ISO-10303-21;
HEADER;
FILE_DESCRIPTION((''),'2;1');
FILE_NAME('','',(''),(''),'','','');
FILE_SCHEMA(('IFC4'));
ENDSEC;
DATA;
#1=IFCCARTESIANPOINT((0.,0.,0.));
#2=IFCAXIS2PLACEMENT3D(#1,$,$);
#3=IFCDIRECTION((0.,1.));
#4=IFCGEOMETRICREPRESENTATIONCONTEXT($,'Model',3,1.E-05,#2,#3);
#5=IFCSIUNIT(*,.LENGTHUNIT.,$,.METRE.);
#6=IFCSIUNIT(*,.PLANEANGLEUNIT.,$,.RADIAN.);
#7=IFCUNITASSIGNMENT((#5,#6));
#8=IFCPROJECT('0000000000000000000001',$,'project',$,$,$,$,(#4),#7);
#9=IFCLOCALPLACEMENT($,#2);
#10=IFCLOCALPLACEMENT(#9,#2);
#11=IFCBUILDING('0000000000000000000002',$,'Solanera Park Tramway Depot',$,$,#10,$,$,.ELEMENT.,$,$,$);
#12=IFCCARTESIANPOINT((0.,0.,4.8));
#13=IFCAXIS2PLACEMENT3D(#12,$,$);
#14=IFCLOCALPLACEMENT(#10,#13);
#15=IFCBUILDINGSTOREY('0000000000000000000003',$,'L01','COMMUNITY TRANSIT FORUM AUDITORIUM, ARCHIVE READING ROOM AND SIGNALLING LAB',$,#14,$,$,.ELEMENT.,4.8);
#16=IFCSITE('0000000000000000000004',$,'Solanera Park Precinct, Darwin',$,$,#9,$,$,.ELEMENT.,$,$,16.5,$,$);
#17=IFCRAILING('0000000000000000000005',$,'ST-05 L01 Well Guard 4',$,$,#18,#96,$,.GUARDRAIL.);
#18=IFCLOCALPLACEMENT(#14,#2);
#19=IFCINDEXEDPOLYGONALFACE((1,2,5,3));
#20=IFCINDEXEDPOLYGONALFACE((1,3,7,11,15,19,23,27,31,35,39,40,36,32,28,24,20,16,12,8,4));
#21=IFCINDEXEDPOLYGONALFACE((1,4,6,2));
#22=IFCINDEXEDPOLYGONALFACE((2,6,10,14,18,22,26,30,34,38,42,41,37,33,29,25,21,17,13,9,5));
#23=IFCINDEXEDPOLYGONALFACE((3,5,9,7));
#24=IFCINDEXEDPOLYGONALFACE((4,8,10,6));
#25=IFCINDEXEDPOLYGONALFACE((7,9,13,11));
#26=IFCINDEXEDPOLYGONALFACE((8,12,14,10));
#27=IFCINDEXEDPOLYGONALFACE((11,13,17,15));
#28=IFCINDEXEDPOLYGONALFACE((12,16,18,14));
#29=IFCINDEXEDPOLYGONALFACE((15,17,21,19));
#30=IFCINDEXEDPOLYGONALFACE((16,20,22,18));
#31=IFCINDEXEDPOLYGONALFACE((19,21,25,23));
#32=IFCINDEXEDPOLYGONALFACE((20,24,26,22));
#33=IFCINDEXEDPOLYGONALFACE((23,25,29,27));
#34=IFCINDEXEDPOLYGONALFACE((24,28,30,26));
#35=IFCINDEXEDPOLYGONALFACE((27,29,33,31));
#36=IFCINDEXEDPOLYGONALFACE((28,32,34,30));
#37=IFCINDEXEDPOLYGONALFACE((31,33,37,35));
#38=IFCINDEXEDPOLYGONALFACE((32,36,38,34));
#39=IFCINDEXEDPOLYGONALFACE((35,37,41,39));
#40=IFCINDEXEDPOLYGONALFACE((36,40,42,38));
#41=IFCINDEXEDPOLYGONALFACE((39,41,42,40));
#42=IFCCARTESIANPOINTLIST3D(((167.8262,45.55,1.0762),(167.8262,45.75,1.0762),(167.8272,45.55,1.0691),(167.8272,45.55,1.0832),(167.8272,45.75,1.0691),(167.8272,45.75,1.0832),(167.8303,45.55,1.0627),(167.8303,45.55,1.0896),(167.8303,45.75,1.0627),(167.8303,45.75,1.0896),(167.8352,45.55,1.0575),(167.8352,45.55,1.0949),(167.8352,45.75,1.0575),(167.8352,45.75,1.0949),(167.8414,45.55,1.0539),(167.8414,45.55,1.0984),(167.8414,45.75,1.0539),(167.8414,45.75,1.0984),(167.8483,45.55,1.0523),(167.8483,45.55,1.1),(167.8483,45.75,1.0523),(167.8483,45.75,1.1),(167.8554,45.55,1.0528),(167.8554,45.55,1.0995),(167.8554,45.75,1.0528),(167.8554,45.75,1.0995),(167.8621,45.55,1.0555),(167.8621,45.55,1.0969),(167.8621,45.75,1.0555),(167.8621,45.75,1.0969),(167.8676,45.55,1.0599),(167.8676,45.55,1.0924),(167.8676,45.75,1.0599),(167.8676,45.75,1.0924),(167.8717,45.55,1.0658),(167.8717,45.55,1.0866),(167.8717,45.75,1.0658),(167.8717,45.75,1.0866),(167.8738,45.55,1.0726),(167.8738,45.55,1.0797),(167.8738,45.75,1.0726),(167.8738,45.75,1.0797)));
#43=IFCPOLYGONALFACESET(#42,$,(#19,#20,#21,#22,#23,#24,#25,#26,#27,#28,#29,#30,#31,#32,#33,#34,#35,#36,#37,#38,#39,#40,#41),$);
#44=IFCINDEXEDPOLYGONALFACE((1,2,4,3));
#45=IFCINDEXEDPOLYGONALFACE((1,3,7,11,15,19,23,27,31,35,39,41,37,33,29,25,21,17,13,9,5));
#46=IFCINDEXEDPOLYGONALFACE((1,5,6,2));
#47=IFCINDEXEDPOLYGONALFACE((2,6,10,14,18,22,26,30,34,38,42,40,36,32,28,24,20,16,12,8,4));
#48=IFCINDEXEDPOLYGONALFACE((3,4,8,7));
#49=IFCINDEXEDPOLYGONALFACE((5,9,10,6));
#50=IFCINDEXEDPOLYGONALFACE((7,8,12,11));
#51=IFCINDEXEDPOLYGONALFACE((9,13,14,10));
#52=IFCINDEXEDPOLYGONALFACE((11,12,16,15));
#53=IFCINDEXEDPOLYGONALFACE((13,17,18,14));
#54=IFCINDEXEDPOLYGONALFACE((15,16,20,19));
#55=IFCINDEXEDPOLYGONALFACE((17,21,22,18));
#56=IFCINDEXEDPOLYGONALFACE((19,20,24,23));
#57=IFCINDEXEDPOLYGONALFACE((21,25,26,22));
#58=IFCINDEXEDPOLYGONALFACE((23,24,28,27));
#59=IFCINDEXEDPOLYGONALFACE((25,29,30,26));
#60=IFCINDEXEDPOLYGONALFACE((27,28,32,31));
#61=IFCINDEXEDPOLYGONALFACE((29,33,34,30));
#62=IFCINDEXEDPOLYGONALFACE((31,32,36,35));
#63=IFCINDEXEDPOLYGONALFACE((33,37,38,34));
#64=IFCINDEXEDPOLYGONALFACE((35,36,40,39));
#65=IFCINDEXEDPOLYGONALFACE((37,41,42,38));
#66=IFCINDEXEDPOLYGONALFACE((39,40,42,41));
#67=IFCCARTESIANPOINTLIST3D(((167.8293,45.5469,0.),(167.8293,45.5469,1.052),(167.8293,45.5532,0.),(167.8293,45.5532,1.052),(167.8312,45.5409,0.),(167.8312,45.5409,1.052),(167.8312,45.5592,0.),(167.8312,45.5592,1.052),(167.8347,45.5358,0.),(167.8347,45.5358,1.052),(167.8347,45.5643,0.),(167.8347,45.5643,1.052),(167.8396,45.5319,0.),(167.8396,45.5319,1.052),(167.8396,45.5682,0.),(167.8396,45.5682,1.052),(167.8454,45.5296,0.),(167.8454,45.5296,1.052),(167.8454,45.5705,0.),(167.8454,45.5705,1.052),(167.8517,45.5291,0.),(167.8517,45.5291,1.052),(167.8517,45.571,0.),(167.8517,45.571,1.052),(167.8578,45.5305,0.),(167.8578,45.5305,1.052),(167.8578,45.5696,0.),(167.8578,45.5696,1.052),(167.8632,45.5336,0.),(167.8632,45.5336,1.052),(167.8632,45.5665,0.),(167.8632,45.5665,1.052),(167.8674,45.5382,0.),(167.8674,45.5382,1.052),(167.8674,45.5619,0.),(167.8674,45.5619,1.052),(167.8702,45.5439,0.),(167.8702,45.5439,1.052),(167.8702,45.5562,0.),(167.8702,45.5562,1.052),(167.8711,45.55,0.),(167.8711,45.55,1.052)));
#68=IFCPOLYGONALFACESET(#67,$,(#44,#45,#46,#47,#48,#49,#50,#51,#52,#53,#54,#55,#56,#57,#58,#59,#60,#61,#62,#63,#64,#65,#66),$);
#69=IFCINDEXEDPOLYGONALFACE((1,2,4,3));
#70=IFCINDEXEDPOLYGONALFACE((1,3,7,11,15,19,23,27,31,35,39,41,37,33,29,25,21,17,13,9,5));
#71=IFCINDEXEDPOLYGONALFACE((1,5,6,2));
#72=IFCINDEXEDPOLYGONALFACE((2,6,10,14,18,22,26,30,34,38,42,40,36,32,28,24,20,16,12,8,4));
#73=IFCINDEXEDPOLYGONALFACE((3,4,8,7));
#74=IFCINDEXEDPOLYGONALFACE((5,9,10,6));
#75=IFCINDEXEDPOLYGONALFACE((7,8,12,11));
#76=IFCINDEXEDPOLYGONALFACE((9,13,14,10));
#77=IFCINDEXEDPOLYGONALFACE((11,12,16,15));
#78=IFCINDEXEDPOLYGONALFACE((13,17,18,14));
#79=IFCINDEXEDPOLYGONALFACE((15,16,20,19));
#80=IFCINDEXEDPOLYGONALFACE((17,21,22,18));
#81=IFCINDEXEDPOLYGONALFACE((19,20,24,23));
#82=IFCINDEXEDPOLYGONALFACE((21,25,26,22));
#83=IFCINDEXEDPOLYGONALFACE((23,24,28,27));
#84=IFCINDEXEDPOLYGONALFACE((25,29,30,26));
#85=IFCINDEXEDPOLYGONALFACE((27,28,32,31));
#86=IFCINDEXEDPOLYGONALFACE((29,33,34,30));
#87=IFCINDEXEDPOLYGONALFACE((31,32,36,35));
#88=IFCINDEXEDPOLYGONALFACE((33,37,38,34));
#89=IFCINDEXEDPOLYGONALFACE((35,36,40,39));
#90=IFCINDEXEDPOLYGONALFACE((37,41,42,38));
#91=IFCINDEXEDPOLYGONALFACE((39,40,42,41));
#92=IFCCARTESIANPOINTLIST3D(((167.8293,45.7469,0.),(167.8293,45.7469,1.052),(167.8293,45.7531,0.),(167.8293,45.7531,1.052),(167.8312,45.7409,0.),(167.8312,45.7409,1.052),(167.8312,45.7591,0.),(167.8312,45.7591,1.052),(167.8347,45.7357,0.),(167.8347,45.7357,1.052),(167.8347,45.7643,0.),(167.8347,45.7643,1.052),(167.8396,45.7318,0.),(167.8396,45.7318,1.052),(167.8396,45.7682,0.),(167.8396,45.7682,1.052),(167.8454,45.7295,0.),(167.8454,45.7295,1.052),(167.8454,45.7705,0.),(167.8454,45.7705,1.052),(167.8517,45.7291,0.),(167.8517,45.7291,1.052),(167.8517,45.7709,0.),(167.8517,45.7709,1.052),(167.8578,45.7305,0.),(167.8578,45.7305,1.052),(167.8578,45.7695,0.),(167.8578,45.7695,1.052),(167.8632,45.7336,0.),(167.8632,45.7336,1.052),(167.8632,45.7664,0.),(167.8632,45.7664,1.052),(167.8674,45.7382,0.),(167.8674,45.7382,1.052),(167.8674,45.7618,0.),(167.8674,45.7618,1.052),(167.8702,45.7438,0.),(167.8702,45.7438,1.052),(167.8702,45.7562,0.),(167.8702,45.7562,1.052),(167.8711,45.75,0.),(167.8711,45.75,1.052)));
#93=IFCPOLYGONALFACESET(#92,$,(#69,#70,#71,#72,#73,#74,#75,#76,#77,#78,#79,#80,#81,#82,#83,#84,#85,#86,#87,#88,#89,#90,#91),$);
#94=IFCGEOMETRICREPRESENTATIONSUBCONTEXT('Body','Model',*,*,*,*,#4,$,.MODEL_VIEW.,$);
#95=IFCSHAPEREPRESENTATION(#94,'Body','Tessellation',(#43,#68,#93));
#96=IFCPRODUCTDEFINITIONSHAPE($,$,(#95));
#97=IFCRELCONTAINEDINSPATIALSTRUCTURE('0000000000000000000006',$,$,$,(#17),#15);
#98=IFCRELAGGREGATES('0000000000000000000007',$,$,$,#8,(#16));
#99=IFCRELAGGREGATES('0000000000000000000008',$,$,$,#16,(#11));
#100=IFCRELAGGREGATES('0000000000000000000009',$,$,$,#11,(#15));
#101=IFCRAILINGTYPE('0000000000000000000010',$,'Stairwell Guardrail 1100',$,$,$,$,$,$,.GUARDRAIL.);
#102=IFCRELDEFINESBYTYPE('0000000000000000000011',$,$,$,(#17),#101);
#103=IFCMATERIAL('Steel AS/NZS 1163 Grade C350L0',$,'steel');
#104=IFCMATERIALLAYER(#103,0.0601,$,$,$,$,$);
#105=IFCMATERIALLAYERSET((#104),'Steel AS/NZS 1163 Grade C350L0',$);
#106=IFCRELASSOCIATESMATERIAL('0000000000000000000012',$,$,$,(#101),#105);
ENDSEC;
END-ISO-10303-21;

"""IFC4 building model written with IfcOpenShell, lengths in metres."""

from ifc_helpers import new_model, si_unit, direction, frame, origin, origin_2d, place, context, subcontext, project, spatial, circle, extrude, material, layer, layer_set, type_object, element, save


model = new_model("IFC4")

# Units and contexts
model_context = context("Model", 3, precision=1e-05, world=origin(), true_north=direction((0.0, 1.0)))
body_context = subcontext(model_context, "Body", "Model", "MODEL_VIEW")
ifc_project = project(units=[si_unit("LENGTHUNIT", "METRE"), si_unit("PLANEANGLEUNIT", "RADIAN")], contexts=[model_context])

# Site, building, storey
site_placement = place(None, origin())
site = spatial("IfcSite", under=ifc_project, at=site_placement, Name="Solanera Park Precinct, Darwin", CompositionType="ELEMENT", RefElevation=16.5)
building_placement = place(site_placement, origin())
building = spatial("IfcBuilding", under=site, at=building_placement, Name="Solanera Park Tramway Depot", CompositionType="ELEMENT")
storey_placement = place(building_placement, frame((0.0, 0.0, 4.8)))
storey = spatial("IfcBuildingStorey", under=building, at=storey_placement, Name="L01", Description="COMMUNITY TRANSIT FORUM AUDITORIUM, ARCHIVE READING ROOM AND SIGNALLING LAB", CompositionType="ELEMENT", Elevation=4.8)

# Railing
ifc_material_1 = material(Name="Steel AS/NZS 1163 Grade C350L0", Category="steel")
ifc_layer_1 = layer(ifc_material_1, 0.0601)
ifc_layer_set_1 = layer_set([ifc_layer_1], Name="Steel AS/NZS 1163 Grade C350L0")
railing_type_1 = type_object("IfcRailingType", Name="Stairwell Guardrail 1100", PredefinedType="GUARDRAIL", material=ifc_layer_set_1)
railing_1_placement = place(storey_placement, frame((167.8501, 45.55, 0.0)))
element("IfcRailing", 1, at=railing_1_placement, inside=storey, type_object=railing_type_1, Name="ST-05 L01 Well Guard 4", PredefinedType="GUARDRAIL", context=body_context, shape_type="SweptSolid", body=[
    extrude(circle(Radius=0.0239, at=origin_2d()), frame((0.0, 0.0, 1.0762), z_axis=(0.0, 1.0, 0.0), x_axis=(-1.0, 0.0, 0.0)), (0.0, 0.0, 1.0), 0.2),
    extrude(circle(Radius=0.021, at=origin_2d()), origin(), (0.0, 0.0, 1.0), 1.052),
    extrude(circle(Radius=0.021, at=origin_2d()), frame((0.0, 0.2, 0.0)), (0.0, 0.0, 1.0), 1.052),
])

save(model, "model.ifc")
